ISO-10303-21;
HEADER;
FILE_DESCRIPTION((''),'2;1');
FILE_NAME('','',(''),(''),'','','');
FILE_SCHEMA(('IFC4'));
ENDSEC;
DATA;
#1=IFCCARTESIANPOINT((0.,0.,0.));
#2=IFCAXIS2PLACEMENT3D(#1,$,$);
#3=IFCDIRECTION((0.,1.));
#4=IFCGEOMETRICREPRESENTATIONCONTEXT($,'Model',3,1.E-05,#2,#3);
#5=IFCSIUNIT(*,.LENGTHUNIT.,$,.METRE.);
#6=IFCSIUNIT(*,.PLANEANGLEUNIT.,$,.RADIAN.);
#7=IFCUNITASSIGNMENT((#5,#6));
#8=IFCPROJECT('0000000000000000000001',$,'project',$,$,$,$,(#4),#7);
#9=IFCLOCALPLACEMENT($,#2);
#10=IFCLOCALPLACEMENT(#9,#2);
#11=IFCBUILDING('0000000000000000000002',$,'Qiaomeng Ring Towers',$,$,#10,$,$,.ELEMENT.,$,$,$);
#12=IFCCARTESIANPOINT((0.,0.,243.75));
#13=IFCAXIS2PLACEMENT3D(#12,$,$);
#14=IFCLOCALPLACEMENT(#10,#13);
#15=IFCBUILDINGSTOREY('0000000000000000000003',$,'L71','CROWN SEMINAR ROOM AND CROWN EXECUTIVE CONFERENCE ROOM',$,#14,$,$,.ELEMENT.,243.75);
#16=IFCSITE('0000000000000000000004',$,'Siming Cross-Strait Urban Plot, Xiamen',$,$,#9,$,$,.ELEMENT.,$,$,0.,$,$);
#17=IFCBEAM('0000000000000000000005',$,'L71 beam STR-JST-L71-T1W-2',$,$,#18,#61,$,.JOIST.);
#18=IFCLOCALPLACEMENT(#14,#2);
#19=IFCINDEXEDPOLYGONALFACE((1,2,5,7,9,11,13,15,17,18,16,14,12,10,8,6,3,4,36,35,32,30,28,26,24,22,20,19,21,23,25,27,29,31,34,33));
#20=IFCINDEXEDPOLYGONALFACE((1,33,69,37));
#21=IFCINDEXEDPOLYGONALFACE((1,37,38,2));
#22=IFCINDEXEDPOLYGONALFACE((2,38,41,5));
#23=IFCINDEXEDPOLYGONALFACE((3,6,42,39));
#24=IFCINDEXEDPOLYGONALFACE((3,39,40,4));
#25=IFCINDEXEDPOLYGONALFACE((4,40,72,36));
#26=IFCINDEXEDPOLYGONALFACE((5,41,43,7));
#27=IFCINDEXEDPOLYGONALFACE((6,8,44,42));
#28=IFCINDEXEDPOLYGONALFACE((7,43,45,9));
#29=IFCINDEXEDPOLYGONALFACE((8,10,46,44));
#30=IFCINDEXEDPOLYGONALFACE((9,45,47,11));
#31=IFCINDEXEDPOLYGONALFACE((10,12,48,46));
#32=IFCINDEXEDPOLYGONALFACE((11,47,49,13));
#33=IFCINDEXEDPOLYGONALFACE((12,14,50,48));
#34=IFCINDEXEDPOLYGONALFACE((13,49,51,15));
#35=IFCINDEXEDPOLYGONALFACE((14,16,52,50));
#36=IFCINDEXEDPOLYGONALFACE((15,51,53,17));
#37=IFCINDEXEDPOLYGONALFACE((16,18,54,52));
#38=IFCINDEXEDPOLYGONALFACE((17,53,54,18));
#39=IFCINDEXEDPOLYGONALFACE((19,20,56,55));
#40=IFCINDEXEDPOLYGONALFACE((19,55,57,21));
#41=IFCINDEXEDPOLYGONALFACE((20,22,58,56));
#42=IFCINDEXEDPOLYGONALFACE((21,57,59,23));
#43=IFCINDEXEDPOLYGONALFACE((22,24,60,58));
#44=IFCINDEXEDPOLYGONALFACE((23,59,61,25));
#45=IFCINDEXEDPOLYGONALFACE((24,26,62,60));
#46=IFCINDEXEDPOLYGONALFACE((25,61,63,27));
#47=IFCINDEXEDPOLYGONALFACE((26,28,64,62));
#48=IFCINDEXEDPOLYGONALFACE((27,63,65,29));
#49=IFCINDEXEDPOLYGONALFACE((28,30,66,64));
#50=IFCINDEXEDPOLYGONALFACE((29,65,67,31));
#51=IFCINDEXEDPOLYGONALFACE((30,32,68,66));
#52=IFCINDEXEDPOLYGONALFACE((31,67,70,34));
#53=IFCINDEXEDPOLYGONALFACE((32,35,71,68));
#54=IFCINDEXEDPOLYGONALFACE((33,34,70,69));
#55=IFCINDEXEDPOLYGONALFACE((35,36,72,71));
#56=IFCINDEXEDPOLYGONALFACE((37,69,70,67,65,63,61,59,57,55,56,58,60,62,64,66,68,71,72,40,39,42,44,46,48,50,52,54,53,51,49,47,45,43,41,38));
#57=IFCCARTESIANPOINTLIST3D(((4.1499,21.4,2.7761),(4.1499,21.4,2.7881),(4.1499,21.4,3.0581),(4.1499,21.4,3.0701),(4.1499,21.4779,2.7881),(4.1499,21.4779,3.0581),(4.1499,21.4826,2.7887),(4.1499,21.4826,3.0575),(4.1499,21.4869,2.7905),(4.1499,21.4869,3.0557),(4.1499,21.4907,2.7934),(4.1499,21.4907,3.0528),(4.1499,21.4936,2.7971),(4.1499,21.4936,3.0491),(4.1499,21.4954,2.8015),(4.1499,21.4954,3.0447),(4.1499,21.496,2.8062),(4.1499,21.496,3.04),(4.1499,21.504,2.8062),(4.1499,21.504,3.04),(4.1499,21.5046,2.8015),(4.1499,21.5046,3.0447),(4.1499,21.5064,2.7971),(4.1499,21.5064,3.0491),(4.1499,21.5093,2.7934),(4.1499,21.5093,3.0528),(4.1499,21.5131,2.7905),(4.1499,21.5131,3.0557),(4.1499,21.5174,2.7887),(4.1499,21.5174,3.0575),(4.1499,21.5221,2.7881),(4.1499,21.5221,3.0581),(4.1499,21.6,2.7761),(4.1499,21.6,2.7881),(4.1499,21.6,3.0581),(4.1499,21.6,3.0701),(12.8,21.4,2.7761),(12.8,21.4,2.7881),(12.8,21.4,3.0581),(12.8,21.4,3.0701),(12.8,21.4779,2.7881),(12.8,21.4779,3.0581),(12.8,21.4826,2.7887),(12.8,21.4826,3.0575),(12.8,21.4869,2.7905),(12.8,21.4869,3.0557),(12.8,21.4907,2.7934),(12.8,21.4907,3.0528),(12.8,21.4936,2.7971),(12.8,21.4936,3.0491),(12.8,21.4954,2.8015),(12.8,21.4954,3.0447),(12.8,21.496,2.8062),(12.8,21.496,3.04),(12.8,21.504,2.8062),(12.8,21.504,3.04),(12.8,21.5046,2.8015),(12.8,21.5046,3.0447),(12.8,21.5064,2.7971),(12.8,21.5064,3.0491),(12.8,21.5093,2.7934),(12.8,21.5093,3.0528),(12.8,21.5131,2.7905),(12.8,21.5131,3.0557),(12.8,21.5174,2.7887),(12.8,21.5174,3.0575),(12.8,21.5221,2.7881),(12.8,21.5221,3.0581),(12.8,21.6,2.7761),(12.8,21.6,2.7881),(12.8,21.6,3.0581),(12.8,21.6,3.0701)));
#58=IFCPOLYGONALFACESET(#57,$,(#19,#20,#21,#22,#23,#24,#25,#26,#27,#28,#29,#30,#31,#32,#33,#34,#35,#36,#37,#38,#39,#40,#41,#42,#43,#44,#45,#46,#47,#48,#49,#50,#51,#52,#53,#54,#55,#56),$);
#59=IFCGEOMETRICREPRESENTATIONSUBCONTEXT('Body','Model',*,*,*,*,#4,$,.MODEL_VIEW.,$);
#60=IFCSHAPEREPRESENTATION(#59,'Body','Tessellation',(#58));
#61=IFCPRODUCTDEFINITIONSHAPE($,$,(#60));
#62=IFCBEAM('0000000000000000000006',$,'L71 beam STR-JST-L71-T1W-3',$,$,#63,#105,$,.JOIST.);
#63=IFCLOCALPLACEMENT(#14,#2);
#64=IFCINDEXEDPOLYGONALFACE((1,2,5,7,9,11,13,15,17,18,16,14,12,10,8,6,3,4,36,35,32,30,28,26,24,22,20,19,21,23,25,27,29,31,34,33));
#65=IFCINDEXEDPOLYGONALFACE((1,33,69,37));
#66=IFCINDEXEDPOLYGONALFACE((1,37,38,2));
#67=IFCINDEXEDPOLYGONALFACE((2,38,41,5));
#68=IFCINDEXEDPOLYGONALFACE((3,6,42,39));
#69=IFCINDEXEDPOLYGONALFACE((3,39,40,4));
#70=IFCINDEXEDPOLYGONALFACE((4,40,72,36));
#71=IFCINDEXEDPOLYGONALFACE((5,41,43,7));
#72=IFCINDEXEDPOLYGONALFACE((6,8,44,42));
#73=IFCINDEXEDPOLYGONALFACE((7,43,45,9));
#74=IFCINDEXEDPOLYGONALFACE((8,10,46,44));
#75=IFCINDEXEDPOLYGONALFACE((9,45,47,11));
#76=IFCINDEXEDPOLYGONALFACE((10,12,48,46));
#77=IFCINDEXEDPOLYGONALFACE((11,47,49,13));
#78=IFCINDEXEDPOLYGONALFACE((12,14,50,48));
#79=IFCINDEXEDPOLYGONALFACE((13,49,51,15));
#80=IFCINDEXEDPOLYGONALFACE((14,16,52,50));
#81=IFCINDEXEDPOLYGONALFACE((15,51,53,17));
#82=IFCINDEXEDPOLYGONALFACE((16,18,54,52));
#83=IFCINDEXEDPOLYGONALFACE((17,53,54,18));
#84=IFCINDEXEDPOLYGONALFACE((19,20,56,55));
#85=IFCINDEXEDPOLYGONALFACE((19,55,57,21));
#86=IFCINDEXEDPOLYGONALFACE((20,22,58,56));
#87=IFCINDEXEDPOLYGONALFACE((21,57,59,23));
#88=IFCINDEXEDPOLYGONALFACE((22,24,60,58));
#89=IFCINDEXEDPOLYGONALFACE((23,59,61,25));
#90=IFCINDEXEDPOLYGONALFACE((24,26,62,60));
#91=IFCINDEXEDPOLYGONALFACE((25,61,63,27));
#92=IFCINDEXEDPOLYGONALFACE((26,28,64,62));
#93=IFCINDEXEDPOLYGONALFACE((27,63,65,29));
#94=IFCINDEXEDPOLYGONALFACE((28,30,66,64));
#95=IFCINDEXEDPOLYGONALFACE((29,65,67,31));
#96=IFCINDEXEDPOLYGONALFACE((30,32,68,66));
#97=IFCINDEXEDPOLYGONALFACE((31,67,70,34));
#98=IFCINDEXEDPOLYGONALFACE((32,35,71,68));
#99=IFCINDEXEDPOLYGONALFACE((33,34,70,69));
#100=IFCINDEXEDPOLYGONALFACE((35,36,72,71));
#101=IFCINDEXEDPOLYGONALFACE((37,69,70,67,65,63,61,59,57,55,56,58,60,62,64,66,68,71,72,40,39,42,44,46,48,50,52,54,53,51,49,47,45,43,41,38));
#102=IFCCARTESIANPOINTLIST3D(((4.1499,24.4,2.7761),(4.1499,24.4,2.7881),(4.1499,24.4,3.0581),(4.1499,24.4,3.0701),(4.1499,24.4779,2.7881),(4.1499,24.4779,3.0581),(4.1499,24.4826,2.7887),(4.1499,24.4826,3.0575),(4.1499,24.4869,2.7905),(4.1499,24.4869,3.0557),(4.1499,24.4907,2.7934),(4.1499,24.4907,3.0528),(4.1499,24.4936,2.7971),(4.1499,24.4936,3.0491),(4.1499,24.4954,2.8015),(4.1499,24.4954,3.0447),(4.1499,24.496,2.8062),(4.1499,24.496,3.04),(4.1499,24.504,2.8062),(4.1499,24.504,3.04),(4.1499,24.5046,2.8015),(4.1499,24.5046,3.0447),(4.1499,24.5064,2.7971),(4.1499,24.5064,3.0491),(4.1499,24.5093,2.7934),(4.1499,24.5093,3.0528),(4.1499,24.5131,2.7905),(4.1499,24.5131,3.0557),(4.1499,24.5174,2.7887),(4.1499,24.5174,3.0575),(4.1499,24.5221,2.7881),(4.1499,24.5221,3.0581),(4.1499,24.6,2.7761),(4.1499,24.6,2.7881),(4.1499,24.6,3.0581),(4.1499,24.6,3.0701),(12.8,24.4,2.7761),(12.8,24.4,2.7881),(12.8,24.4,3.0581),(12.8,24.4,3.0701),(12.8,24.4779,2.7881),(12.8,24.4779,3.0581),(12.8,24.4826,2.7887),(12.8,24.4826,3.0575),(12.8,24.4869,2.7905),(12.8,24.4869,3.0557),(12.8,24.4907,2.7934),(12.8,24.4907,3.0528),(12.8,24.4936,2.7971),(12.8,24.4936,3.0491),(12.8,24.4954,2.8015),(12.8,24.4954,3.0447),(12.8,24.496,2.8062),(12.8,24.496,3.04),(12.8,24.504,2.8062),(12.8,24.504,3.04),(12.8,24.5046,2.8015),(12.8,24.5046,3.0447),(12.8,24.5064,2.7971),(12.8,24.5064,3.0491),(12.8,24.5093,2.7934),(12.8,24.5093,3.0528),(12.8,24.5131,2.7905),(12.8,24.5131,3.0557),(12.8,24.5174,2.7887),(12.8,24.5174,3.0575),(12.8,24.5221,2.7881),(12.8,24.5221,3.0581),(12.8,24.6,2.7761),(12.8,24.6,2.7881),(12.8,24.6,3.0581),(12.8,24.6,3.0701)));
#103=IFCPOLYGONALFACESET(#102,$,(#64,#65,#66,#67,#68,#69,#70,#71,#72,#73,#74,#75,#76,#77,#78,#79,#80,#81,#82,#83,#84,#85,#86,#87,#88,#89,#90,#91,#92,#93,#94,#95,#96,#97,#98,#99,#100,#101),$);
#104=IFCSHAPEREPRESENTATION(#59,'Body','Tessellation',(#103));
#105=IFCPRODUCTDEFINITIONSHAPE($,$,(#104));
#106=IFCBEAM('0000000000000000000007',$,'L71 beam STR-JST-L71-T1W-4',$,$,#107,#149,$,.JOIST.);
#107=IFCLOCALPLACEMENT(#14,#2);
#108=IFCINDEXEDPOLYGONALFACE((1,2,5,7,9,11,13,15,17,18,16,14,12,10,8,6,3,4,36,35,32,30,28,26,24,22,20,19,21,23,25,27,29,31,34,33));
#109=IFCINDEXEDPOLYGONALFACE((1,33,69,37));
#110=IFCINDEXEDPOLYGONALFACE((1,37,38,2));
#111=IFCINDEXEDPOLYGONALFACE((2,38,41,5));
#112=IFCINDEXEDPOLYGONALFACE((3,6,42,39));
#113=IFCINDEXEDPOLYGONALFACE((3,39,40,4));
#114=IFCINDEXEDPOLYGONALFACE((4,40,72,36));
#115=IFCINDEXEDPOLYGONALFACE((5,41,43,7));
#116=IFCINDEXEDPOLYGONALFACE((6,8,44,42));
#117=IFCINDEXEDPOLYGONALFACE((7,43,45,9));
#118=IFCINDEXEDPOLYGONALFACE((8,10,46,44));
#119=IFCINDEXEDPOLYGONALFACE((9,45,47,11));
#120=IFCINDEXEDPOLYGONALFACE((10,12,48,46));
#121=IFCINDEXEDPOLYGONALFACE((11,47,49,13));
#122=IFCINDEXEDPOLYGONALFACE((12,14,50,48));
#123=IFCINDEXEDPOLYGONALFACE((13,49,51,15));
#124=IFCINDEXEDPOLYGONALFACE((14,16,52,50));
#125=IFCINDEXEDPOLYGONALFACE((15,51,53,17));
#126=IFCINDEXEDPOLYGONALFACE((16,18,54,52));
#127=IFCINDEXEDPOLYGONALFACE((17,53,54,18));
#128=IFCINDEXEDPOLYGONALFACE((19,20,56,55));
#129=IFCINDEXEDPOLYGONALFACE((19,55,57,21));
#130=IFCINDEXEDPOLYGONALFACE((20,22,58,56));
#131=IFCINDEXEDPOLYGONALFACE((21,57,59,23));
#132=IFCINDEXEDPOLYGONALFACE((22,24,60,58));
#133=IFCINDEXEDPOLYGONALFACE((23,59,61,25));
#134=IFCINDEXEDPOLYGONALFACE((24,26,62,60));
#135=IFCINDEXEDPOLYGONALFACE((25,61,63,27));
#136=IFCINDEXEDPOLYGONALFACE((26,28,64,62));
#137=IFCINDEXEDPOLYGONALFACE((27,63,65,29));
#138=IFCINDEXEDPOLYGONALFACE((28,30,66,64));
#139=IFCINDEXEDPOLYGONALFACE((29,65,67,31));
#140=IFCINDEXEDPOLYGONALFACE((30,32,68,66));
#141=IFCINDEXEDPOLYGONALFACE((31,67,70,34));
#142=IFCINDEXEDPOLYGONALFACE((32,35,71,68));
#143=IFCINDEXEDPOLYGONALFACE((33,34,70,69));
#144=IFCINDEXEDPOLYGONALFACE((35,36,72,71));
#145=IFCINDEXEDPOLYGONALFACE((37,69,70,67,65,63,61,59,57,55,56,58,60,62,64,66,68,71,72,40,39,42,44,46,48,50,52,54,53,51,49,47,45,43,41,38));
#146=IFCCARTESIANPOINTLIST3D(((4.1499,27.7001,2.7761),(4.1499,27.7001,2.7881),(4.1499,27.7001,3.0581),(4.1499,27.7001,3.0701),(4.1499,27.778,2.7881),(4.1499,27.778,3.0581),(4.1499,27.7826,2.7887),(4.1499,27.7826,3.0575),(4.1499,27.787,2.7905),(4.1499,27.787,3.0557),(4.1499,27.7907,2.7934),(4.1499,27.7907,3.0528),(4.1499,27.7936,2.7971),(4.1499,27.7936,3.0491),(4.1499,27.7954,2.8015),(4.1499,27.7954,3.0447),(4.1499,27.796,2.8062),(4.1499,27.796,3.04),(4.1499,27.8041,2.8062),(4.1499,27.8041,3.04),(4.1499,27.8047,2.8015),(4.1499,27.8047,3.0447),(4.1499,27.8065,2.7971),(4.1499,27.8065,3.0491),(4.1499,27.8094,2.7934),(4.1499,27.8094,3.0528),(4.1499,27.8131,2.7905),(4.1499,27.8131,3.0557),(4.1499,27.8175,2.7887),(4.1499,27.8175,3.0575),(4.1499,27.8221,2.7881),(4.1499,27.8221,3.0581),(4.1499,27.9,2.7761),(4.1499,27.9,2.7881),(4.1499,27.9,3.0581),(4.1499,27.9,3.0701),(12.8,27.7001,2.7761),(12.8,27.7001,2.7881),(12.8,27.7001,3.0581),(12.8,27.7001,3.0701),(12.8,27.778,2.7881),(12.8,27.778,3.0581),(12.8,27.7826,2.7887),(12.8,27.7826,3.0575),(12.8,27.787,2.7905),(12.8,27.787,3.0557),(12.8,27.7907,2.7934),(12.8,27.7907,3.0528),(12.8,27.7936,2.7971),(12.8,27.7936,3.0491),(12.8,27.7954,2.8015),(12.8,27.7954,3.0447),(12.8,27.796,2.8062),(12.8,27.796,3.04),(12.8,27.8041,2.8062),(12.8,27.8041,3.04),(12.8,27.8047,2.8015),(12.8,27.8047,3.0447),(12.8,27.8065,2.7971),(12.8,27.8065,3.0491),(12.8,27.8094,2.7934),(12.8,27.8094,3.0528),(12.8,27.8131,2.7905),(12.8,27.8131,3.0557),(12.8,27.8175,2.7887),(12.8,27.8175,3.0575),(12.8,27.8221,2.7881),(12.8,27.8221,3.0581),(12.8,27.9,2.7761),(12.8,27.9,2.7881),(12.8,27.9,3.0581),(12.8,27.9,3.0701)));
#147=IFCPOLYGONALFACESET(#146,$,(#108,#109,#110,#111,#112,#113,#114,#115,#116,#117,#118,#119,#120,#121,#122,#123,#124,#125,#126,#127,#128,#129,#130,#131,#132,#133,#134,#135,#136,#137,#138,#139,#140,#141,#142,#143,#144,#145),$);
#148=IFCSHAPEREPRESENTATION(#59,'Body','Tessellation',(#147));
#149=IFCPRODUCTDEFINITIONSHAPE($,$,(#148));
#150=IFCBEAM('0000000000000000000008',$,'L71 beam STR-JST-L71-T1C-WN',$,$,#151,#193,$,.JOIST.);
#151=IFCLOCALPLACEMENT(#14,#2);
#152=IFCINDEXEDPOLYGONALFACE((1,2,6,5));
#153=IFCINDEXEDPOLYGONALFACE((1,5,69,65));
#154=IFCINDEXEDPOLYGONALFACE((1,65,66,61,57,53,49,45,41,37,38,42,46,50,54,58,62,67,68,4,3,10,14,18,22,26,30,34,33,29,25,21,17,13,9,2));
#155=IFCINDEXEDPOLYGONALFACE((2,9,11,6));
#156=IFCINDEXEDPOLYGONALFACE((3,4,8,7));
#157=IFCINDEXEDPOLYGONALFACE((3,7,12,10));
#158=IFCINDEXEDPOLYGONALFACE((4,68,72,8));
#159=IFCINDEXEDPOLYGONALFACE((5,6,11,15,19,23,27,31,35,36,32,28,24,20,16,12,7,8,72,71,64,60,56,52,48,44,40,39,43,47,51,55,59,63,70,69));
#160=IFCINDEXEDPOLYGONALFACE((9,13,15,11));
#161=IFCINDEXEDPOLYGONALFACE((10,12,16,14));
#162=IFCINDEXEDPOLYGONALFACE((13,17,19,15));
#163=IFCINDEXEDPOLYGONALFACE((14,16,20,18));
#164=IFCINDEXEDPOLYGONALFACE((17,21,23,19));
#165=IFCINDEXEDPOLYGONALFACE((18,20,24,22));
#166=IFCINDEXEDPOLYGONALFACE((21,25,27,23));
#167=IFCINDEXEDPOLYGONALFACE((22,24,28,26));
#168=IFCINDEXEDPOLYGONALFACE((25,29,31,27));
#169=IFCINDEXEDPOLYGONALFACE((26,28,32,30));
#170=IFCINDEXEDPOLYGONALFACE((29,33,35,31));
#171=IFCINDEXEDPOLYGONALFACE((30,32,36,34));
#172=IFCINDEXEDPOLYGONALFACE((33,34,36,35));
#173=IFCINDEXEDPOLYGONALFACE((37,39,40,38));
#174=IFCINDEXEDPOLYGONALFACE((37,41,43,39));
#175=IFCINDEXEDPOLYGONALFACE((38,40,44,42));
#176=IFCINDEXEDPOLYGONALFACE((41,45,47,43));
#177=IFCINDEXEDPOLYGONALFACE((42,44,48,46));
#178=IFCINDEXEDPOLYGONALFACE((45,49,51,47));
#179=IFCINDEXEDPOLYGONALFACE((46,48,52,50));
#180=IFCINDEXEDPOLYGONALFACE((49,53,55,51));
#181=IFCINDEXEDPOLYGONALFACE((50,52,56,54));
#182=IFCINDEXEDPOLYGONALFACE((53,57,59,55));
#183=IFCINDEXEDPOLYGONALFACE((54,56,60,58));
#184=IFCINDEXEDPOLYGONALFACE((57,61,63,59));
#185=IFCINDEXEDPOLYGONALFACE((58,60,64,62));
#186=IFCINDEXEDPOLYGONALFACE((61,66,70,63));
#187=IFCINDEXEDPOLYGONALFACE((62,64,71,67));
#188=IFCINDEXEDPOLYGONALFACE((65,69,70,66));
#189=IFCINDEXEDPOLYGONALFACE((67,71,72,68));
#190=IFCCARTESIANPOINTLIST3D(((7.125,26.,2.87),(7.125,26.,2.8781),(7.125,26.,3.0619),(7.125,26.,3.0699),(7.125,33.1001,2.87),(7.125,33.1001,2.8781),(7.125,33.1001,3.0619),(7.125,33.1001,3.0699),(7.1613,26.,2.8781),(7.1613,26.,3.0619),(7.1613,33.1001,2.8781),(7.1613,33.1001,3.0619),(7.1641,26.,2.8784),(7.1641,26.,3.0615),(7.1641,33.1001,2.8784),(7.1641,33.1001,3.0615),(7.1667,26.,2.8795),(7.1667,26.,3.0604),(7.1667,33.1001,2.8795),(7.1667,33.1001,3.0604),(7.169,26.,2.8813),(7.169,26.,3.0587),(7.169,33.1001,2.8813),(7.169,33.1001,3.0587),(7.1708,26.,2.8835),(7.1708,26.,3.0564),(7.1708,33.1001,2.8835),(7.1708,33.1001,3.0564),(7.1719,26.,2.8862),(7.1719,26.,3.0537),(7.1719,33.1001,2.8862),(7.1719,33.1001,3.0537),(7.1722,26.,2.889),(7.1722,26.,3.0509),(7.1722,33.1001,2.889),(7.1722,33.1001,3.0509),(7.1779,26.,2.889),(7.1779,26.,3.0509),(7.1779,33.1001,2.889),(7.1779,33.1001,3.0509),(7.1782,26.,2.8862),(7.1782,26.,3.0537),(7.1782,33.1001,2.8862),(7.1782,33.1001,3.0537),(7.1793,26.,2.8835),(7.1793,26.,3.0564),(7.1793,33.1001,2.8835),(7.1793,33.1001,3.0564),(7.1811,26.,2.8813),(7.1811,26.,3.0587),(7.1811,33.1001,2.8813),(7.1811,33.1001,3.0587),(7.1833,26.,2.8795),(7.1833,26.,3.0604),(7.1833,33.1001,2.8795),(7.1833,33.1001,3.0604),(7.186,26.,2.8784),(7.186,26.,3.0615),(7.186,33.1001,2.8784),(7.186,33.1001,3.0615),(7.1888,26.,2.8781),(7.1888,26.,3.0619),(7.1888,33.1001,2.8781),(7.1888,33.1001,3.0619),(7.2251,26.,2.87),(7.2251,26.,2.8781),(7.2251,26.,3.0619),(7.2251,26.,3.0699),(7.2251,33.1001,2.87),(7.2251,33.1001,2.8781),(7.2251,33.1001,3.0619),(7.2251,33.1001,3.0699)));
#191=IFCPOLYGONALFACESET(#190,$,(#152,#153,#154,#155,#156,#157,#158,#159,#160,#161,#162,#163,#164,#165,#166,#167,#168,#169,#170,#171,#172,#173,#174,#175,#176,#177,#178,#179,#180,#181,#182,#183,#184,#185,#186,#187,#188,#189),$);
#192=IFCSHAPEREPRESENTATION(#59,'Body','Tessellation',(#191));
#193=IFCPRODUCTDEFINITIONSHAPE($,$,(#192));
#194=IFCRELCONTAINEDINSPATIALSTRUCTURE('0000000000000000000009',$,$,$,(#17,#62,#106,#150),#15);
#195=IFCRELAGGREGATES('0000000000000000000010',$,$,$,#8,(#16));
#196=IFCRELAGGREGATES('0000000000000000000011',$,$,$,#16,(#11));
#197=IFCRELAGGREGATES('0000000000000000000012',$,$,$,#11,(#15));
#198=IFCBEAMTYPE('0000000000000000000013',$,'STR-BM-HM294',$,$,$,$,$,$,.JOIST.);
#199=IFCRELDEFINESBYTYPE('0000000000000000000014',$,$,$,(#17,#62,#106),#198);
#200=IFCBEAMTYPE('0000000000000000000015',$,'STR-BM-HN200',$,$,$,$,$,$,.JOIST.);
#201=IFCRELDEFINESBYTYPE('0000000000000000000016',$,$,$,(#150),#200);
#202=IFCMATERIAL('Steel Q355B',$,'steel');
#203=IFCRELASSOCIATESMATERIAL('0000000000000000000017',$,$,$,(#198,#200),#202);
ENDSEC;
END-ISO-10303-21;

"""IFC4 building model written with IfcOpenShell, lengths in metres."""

from ifc_helpers import new_model, si_unit, direction, frame, origin, origin_2d, place, context, subcontext, project, spatial, i_section, extrude, source, transform, mapped, material, material_profile, profile_set, type_object, element, save


model = new_model("IFC4")

# Units and contexts
model_context = context("Model", 3, precision=1e-05, world=origin(), true_north=direction((0.0, 1.0)))
body_context = subcontext(model_context, "Body", "Model", "MODEL_VIEW")
ifc_project = project(units=[si_unit("LENGTHUNIT", "METRE"), si_unit("PLANEANGLEUNIT", "RADIAN")], contexts=[model_context])

# Site, building, storey
site_placement = place(None, origin())
site = spatial("IfcSite", under=ifc_project, at=site_placement, Name="Siming Cross-Strait Urban Plot, Xiamen", CompositionType="ELEMENT", RefElevation=0.0)
building_placement = place(site_placement, origin())
building = spatial("IfcBuilding", under=site, at=building_placement, Name="Qiaomeng Ring Towers", CompositionType="ELEMENT")
storey_placement = place(building_placement, frame((0.0, 0.0, 243.75)))
storey = spatial("IfcBuildingStorey", under=building, at=storey_placement, Name="L71", Description="CROWN SEMINAR ROOM AND CROWN EXECUTIVE CONFERENCE ROOM", CompositionType="ELEMENT", Elevation=243.75)

# Beams
ifc_material_1 = material(Name="Steel Q355B", Category="steel")
ifc_material_profile_1 = material_profile(ifc_material_1, i_section(OverallWidth=0.2, OverallDepth=0.2939, WebThickness=0.0081, FlangeThickness=0.012, FilletRadius=0.0181, at=origin_2d()), Name="HM 294x200x8x12")
ifc_profile_set_1 = profile_set([ifc_material_profile_1], Name="Steel Q355B")
beam_type_1 = type_object("IfcBeamType", Name="STR-BM-HM294", PredefinedType="JOIST", material=ifc_profile_set_1)
shared_shape_1 = source(origin(), body_context, "Body", "SweptSolid", [
    extrude(i_section(OverallWidth=0.2, OverallDepth=0.2939, WebThickness=0.0081, FlangeThickness=0.012, FilletRadius=0.0181, at=origin_2d()), origin(), (0.0, 0.0, 1.0), 8.6501),
])
for number, where, z_axis, x_axis, name in (
    (1, (4.1499, 21.5, 2.9231), (1.0, 0.0, 0.0), (0.0, 1.0, 0.0), "L71 beam STR-JST-L71-T1W-2"),
    (2, (4.1499, 24.5, 2.9231), (1.0, 0.0, 0.0), (0.0, 1.0, 0.0), "L71 beam STR-JST-L71-T1W-3"),
    (3, (4.1499, 27.8, 2.9231), (1.0, 0.0, 0.0), (0.0, 1.0, 0.0), "L71 beam STR-JST-L71-T1W-4"),
):
    element("IfcBeam", number, at=place(storey_placement, frame(where, z_axis=z_axis, x_axis=x_axis)), inside=storey, type_object=beam_type_1, Name=name, PredefinedType="JOIST", context=body_context, shape_type="MappedRepresentation", body=[
        mapped(shared_shape_1, transform((0.0, 0.0, 0.0), x_axis=(1.0, 0.0, 0.0), y_axis=(0.0, 1.0, 0.0), z_axis=(0.0, 0.0, 1.0), scale=1.0)),
    ])
ifc_material_profile_2 = material_profile(ifc_material_1, i_section(OverallWidth=0.1001, OverallDepth=0.2, WebThickness=0.0056, FlangeThickness=0.0081, FilletRadius=0.011, at=origin_2d()), Name="HN 200x100x5.5x8")
ifc_profile_set_2 = profile_set([ifc_material_profile_2], Name="Steel Q355B")
beam_type_2 = type_object("IfcBeamType", Name="STR-BM-HN200", PredefinedType="JOIST", material=ifc_profile_set_2)
shared_shape_2 = source(origin(), body_context, "Body", "SweptSolid", [
    extrude(i_section(OverallWidth=0.1001, OverallDepth=0.2, WebThickness=0.0056, FlangeThickness=0.0081, FilletRadius=0.011, at=origin_2d()), origin(), (0.0, 0.0, 1.0), 7.1001),
])
beam_1_placement = place(storey_placement, frame((7.175, 26.0, 2.97), z_axis=(0.0, 1.0, 0.0), x_axis=(-1.0, 0.0, 0.0)))
element("IfcBeam", 4, at=beam_1_placement, inside=storey, type_object=beam_type_2, Name="L71 beam STR-JST-L71-T1C-WN", PredefinedType="JOIST", context=body_context, shape_type="MappedRepresentation", body=[
    mapped(shared_shape_2, transform((0.0, 0.0, 0.0), x_axis=(1.0, 0.0, 0.0), y_axis=(0.0, 1.0, 0.0), z_axis=(0.0, 0.0, 1.0), scale=1.0)),
])

save(model, "model.ifc")
